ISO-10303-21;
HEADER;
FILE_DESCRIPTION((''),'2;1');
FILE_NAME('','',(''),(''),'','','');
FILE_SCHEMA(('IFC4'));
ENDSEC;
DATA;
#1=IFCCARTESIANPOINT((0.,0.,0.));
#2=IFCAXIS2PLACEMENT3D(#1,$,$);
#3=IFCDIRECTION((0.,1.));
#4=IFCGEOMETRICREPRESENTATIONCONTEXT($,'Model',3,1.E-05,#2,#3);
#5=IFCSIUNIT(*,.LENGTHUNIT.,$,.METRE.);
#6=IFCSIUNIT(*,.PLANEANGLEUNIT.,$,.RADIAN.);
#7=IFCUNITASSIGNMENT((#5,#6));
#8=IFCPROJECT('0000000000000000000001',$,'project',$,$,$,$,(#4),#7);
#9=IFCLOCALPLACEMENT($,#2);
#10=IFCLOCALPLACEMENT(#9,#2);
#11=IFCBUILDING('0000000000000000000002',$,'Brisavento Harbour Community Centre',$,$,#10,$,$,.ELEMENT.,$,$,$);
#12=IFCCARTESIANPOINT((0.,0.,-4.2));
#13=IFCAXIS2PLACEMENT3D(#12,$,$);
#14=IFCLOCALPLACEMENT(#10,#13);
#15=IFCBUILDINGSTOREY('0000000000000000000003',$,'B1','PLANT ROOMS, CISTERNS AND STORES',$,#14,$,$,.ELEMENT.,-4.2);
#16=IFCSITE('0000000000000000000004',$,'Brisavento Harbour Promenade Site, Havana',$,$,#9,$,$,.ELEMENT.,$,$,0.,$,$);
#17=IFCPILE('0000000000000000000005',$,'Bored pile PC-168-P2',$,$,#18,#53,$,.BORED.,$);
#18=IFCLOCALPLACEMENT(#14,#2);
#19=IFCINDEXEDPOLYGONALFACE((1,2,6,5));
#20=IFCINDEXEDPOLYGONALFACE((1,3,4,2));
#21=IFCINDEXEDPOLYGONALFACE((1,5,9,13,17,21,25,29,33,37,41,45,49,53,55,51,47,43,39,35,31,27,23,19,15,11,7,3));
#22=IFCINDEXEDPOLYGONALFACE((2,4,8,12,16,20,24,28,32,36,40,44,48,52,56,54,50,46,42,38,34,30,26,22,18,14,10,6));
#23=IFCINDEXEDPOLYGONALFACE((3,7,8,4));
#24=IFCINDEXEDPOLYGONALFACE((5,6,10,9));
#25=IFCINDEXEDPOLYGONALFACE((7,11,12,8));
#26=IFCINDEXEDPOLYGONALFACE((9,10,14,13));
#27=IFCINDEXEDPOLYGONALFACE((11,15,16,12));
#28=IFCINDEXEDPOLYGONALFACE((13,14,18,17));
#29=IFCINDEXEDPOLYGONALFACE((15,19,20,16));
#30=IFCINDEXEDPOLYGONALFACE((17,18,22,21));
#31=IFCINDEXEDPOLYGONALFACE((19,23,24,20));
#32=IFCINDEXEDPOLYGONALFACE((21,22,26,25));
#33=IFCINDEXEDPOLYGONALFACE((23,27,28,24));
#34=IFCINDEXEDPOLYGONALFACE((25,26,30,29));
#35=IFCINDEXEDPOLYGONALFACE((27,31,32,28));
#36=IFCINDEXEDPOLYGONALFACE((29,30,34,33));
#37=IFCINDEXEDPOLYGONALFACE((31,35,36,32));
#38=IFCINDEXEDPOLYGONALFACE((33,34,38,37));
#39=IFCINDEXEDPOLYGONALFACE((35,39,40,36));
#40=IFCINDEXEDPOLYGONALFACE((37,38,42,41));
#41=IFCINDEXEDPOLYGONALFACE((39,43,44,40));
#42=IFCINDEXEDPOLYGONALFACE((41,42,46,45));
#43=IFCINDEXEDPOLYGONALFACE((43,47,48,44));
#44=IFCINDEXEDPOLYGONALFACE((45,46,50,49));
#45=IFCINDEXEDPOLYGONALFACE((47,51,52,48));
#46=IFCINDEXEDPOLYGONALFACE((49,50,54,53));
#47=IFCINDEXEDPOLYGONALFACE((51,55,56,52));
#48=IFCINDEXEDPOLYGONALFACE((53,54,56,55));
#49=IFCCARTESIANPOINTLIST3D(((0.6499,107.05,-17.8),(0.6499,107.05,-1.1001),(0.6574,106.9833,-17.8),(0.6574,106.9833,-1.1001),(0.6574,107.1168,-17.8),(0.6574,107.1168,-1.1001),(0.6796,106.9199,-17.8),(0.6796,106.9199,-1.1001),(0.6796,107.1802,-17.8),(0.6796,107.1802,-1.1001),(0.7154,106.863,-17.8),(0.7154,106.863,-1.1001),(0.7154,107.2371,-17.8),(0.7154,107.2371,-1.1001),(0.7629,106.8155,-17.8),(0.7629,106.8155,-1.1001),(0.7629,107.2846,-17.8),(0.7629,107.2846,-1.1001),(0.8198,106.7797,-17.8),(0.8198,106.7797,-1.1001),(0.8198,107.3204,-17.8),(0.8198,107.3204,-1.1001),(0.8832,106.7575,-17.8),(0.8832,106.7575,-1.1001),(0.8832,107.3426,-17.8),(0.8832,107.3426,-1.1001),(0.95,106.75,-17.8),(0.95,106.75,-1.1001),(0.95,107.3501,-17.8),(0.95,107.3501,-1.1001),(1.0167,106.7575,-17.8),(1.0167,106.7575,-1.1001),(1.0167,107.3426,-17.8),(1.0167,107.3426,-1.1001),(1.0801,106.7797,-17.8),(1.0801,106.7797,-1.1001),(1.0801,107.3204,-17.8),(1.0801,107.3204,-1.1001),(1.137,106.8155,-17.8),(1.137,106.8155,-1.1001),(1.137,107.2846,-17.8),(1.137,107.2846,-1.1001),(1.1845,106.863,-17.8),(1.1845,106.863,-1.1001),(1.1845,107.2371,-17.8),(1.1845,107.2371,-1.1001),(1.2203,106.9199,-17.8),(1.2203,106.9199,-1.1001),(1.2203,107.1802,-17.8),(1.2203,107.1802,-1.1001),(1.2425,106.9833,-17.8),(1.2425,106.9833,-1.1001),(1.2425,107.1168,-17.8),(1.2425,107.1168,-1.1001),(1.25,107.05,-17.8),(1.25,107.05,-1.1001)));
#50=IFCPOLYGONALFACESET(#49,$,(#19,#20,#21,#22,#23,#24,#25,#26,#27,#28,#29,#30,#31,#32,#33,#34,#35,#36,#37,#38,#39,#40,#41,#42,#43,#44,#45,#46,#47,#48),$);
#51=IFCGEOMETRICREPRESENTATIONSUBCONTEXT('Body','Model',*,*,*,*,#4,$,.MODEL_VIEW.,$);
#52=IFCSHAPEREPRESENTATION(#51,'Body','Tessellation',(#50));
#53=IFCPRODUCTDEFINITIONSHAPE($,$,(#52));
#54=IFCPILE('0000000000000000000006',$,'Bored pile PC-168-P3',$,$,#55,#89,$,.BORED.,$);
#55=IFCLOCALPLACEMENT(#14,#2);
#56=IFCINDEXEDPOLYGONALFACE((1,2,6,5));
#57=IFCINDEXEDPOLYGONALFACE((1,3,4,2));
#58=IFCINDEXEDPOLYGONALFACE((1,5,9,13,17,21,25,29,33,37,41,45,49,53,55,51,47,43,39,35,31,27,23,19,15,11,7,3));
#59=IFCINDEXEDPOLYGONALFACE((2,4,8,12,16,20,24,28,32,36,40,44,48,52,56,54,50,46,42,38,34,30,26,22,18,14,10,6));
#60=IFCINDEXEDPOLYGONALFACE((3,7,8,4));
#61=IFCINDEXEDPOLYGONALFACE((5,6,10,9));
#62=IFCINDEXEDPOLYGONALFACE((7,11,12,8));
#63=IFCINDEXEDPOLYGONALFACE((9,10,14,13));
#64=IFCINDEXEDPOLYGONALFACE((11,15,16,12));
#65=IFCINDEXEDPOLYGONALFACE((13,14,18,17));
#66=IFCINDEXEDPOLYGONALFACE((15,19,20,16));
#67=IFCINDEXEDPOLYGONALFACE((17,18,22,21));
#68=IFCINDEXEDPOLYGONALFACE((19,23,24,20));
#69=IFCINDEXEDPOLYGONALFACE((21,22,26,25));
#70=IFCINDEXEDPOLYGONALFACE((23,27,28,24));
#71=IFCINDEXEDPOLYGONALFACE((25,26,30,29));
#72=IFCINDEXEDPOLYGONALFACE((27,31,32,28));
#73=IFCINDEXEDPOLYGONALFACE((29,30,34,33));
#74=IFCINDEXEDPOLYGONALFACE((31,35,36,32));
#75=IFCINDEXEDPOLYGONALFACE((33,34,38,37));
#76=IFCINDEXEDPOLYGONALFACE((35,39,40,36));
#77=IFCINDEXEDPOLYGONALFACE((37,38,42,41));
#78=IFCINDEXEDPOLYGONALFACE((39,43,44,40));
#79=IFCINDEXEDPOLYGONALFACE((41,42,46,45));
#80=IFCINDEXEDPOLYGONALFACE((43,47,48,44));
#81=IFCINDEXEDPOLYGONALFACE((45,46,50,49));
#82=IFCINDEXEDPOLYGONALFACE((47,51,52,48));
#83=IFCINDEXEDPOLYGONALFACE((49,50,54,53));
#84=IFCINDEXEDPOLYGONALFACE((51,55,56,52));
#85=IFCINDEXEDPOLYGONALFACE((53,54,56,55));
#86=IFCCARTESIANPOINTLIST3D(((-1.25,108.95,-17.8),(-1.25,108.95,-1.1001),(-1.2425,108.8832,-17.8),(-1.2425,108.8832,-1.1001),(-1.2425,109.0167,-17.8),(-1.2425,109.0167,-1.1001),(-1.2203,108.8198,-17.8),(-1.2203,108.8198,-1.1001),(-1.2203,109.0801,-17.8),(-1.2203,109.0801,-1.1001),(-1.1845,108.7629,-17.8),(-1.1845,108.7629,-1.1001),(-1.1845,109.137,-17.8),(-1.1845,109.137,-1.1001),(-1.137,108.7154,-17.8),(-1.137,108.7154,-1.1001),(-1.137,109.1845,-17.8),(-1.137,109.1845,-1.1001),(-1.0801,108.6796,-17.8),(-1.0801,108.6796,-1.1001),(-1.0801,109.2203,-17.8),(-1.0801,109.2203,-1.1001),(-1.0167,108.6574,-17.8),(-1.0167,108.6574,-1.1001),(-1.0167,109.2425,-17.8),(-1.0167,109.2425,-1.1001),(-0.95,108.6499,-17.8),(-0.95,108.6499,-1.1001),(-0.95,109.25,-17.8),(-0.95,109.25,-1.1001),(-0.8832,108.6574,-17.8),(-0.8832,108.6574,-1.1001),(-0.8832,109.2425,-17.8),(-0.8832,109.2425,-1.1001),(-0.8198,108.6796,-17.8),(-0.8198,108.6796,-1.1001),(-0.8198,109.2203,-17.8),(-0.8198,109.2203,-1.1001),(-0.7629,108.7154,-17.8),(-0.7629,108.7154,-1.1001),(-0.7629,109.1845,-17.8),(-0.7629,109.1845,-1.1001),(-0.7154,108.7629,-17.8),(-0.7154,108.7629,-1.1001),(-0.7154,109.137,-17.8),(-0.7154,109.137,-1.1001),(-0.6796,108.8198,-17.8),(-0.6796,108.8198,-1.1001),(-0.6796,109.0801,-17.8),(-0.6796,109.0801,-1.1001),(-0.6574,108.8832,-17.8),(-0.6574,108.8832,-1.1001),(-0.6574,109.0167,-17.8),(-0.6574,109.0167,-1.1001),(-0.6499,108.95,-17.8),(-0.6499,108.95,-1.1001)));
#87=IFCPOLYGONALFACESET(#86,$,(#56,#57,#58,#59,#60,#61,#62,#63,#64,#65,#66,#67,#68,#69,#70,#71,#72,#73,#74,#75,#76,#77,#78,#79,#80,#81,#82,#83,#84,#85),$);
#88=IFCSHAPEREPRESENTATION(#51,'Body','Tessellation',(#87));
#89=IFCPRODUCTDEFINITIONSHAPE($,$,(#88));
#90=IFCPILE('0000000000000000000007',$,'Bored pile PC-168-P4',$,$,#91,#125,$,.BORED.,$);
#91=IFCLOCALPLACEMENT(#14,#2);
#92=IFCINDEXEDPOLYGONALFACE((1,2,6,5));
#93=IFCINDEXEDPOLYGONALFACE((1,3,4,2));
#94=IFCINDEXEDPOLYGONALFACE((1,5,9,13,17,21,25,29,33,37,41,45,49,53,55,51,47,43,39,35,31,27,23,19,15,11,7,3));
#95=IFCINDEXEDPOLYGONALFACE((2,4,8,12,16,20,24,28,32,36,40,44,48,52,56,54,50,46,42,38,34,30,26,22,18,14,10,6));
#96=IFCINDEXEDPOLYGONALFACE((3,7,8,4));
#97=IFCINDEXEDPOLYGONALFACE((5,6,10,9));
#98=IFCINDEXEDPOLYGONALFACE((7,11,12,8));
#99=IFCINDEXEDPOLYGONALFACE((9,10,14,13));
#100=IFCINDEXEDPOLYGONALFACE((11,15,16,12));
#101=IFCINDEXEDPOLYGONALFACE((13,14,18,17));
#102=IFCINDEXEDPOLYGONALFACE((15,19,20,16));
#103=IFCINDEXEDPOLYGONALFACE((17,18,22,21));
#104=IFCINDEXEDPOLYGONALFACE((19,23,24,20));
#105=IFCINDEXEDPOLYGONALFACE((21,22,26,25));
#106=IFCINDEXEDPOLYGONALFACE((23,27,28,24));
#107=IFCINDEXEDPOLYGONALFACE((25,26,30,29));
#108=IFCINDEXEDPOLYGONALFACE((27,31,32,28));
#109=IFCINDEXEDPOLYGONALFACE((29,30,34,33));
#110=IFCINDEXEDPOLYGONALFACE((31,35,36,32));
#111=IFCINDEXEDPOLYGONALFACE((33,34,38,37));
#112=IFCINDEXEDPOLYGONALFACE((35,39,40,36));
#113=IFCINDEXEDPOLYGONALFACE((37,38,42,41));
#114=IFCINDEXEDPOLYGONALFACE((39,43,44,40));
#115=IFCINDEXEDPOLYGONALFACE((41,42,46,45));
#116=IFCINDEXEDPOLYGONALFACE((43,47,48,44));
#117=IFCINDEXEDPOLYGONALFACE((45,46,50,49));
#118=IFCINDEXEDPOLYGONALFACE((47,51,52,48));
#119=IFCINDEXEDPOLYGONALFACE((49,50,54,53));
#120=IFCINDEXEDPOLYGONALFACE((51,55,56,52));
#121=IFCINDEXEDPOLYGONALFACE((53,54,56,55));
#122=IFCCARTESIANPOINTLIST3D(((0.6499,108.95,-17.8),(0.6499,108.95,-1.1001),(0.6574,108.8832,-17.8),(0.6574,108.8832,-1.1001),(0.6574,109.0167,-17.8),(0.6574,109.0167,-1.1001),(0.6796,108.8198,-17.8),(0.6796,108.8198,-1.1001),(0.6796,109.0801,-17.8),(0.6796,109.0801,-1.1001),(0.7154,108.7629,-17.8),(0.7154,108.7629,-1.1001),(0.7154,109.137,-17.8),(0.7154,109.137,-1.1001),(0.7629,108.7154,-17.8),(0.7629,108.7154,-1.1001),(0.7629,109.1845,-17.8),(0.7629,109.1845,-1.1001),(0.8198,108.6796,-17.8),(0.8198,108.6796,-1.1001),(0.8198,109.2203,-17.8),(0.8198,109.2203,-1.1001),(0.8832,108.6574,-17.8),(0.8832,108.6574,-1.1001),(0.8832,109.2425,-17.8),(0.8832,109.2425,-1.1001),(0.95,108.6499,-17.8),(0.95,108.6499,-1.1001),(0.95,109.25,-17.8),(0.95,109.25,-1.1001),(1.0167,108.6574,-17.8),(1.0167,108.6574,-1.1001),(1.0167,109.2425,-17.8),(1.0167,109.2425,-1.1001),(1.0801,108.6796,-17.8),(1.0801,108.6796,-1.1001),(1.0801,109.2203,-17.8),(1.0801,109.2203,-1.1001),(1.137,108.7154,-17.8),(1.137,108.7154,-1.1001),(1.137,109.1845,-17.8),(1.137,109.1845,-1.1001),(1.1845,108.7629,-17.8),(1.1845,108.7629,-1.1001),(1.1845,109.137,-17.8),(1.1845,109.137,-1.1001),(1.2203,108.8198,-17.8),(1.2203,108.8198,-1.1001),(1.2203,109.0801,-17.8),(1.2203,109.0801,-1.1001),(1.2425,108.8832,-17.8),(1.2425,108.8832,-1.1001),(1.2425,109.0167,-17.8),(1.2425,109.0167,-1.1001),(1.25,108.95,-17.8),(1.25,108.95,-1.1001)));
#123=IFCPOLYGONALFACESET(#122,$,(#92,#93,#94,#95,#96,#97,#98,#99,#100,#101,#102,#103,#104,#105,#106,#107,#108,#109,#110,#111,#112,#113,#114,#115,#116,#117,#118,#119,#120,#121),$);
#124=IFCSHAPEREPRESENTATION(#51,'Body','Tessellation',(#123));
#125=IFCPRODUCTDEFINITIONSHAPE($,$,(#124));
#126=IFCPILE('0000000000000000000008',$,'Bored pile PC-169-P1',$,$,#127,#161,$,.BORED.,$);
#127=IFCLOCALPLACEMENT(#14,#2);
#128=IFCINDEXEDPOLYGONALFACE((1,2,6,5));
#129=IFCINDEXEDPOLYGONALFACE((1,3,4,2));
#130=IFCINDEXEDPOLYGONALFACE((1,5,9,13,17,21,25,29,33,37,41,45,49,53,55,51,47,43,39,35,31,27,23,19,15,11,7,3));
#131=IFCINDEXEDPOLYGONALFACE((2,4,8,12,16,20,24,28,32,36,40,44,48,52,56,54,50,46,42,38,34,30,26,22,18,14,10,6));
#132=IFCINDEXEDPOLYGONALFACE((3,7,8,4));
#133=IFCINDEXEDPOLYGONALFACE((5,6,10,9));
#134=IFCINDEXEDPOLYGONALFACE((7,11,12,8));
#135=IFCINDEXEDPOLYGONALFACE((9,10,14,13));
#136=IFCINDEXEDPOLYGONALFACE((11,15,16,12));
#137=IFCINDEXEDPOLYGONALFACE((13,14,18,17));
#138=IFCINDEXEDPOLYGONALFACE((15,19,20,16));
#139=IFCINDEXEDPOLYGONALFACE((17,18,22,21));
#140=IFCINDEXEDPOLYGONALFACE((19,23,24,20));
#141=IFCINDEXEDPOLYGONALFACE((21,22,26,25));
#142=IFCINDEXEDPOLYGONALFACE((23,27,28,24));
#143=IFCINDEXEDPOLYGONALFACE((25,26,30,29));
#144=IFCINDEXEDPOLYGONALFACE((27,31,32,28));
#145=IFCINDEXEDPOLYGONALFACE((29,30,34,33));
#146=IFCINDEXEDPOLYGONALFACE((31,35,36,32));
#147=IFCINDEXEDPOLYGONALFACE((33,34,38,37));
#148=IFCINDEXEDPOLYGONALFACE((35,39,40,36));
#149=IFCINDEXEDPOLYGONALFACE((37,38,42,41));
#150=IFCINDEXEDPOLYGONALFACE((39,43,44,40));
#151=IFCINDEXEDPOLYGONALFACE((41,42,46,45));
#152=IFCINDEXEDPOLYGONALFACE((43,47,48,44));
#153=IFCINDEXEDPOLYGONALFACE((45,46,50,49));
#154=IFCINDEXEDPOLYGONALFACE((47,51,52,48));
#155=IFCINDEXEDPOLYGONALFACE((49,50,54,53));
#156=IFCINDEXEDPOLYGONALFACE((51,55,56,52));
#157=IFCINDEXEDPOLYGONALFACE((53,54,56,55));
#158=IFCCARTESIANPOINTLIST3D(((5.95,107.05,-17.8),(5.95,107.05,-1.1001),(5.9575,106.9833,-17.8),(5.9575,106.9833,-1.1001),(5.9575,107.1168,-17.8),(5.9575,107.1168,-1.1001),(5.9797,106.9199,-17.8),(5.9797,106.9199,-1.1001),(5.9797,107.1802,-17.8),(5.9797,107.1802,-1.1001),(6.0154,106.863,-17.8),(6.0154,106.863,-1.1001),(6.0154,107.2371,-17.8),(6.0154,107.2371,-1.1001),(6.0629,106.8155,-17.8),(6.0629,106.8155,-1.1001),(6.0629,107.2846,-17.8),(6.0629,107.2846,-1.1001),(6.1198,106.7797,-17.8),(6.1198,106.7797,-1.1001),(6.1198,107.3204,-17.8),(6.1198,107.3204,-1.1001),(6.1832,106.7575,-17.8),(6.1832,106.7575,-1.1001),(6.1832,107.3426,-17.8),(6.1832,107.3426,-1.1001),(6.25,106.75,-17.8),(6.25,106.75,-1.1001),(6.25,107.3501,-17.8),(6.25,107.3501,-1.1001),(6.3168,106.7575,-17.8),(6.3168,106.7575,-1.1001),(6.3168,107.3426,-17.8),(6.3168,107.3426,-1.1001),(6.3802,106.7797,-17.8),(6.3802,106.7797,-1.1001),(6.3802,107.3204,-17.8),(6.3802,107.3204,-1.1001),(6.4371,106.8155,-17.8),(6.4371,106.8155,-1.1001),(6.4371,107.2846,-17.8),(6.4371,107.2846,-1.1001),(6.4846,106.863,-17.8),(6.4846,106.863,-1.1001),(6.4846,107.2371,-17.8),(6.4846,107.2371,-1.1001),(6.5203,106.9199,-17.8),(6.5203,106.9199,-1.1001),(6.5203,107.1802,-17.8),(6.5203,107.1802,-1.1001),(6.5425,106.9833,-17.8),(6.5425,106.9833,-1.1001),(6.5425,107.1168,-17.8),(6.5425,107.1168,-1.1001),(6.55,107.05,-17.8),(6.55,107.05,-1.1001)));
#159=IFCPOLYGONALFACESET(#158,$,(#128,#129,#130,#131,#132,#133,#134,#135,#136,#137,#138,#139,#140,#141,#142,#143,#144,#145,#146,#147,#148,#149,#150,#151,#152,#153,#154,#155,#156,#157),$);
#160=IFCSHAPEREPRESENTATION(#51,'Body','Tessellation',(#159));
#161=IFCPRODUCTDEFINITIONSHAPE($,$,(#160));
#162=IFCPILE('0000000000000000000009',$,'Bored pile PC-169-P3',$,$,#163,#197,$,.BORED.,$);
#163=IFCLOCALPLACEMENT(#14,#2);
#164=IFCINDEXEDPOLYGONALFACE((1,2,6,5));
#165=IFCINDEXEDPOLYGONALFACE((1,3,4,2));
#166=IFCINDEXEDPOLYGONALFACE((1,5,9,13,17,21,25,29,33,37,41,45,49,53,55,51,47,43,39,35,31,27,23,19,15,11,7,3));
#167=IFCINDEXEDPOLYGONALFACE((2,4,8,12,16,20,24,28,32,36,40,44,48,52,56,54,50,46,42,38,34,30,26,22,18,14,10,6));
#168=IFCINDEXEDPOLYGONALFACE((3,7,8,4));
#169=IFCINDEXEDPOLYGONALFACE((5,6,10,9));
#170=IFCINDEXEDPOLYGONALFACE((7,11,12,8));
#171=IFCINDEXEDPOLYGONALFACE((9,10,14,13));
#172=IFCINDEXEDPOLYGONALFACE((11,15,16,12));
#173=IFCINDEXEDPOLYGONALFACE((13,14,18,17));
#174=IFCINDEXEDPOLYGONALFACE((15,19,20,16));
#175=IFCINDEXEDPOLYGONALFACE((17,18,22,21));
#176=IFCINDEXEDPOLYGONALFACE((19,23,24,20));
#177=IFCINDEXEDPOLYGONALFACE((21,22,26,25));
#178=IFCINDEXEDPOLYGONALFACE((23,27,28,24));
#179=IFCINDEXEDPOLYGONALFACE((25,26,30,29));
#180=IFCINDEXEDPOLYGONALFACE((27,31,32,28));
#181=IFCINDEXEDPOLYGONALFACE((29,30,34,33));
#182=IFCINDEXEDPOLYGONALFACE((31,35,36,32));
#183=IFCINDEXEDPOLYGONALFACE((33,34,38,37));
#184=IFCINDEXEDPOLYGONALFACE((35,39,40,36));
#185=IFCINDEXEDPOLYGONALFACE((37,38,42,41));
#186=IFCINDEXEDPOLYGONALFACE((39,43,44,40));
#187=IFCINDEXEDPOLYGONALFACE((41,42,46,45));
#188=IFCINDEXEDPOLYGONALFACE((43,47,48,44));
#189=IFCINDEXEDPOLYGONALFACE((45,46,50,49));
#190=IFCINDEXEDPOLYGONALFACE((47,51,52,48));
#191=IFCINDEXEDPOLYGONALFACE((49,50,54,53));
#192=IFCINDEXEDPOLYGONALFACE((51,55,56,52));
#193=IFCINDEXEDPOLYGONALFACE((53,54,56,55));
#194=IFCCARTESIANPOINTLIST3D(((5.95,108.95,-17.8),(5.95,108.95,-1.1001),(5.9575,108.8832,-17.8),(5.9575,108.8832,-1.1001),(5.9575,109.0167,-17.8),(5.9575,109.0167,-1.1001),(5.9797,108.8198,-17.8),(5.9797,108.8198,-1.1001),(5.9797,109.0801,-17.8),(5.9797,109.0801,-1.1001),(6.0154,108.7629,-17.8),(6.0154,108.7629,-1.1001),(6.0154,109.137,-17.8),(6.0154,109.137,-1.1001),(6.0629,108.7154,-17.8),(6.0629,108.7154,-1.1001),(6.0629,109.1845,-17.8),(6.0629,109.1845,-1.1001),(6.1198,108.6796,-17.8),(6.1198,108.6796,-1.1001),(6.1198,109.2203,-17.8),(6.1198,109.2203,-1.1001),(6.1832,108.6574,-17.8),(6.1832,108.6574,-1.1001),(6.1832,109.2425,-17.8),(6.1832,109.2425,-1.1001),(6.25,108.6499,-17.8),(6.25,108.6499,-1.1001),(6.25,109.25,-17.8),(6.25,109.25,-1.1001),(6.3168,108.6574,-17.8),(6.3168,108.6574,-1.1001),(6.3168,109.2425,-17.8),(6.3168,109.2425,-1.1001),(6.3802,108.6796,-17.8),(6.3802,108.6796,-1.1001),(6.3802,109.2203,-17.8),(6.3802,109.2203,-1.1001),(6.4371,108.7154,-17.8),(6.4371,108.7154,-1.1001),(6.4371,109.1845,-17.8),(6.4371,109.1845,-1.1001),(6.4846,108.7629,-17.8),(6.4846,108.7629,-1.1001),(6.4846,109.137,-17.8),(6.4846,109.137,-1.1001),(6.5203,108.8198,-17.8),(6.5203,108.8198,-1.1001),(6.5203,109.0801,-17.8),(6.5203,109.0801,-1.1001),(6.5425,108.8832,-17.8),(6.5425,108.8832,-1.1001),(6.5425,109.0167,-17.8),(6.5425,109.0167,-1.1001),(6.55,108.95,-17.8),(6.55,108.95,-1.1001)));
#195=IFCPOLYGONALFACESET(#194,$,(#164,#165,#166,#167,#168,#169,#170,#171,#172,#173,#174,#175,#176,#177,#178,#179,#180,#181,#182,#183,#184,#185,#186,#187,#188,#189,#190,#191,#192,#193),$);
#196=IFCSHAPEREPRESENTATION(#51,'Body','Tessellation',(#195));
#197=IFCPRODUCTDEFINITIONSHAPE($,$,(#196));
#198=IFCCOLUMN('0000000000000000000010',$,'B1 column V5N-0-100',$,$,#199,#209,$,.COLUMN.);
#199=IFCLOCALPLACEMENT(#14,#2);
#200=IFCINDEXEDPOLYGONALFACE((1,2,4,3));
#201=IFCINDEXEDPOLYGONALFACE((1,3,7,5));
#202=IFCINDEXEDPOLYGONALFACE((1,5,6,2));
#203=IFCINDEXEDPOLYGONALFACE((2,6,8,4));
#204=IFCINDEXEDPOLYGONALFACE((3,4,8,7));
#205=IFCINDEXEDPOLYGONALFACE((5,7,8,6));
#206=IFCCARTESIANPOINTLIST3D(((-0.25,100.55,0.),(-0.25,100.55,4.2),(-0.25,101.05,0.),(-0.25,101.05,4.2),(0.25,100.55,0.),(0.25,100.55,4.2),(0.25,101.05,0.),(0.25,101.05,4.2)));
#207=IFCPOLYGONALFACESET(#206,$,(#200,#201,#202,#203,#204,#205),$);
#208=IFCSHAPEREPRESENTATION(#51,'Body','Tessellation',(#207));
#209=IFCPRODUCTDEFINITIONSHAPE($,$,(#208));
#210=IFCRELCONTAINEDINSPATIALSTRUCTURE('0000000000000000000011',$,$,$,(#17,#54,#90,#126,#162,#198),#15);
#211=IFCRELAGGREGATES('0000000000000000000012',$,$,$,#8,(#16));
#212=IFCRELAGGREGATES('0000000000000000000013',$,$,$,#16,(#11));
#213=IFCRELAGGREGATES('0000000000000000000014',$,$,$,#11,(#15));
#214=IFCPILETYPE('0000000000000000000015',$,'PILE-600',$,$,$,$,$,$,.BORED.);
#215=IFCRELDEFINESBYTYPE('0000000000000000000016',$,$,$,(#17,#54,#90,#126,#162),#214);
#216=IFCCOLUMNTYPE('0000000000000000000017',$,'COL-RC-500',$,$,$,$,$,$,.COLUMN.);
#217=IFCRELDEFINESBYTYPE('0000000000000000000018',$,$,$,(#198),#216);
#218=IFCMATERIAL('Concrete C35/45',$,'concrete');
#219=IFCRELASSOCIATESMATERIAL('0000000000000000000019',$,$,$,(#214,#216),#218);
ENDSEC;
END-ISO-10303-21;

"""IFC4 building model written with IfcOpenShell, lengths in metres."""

from ifc_helpers import new_model, si_unit, direction, frame, origin, origin_2d, place, context, subcontext, project, spatial, rectangle, circle, extrude, material, material_profile, profile_set, type_object, element, save


model = new_model("IFC4")

# Units and contexts
model_context = context("Model", 3, precision=1e-05, world=origin(), true_north=direction((0.0, 1.0)))
body_context = subcontext(model_context, "Body", "Model", "MODEL_VIEW")
ifc_project = project(units=[si_unit("LENGTHUNIT", "METRE"), si_unit("PLANEANGLEUNIT", "RADIAN")], contexts=[model_context])

# Site, building, storey
site_placement = place(None, origin())
site = spatial("IfcSite", under=ifc_project, at=site_placement, Name="Brisavento Harbour Promenade Site, Havana", CompositionType="ELEMENT", RefElevation=0.0)
building_placement = place(site_placement, origin())
building = spatial("IfcBuilding", under=site, at=building_placement, Name="Brisavento Harbour Community Centre", CompositionType="ELEMENT")
storey_placement = place(building_placement, frame((0.0, 0.0, -4.2)))
storey = spatial("IfcBuildingStorey", under=building, at=storey_placement, Name="B1", Description="PLANT ROOMS, CISTERNS AND STORES", CompositionType="ELEMENT", Elevation=-4.2)

# Shared definitions
ifc_material = material(Name="Concrete C35/45", Category="concrete")

# Piles
ifc_material_profile_1 = material_profile(ifc_material, circle(Radius=0.3, at=origin_2d()), Name="Concrete C35/45")
ifc_profile_set_1 = profile_set([ifc_material_profile_1], Name="Concrete C35/45")
pile_type = type_object("IfcPileType", Name="PILE-600", PredefinedType="BORED", material=ifc_profile_set_1)
for number, where, z_axis, x_axis, name in (
    (1, (0.95, 107.05, -1.1001), (0.0, 0.0, -1.0), (1.0, 0.0, 0.0), "Bored pile PC-168-P2"),
    (2, (-0.95, 108.95, -1.1001), (0.0, 0.0, -1.0), (1.0, 0.0, 0.0), "Bored pile PC-168-P3"),
    (3, (0.95, 108.95, -1.1001), (0.0, 0.0, -1.0), (1.0, 0.0, 0.0), "Bored pile PC-168-P4"),
    (4, (6.25, 107.05, -1.1001), (0.0, 0.0, -1.0), (1.0, 0.0, 0.0), "Bored pile PC-169-P1"),
    (5, (6.25, 108.95, -1.1001), (0.0, 0.0, -1.0), (1.0, 0.0, 0.0), "Bored pile PC-169-P3"),
):
    element("IfcPile", number, at=place(storey_placement, frame(where, z_axis=z_axis, x_axis=x_axis)), inside=storey, type_object=pile_type, Name=name, PredefinedType="BORED", context=body_context, shape_type="SweptSolid", body=[
        extrude(circle(Radius=0.3, at=origin_2d()), origin(), (0.0, 0.0, 1.0), 16.7),
    ])

# Column
ifc_material_profile_2 = material_profile(ifc_material, rectangle(XDim=0.5, YDim=0.5, at=origin_2d()), Name="Concrete C35/45")
ifc_profile_set_2 = profile_set([ifc_material_profile_2], Name="Concrete C35/45")
column_type = type_object("IfcColumnType", Name="COL-RC-500", PredefinedType="COLUMN", material=ifc_profile_set_2)
for number, where, z_axis, x_axis, name in (
    (6, (0.0, 100.8, 0.0), (0.0, 0.0, 1.0), (1.0, 0.0, 0.0), "B1 column V5N-0-100"),
):
    element("IfcColumn", number, at=place(storey_placement, frame(where, z_axis=z_axis, x_axis=x_axis)), inside=storey, type_object=column_type, Name=name, PredefinedType="COLUMN", context=body_context, shape_type="SweptSolid", body=[
        extrude(rectangle(XDim=0.5, YDim=0.5, at=origin_2d()), origin(), (0.0, 0.0, 1.0), 4.2),
    ])

save(model, "model.ifc")
